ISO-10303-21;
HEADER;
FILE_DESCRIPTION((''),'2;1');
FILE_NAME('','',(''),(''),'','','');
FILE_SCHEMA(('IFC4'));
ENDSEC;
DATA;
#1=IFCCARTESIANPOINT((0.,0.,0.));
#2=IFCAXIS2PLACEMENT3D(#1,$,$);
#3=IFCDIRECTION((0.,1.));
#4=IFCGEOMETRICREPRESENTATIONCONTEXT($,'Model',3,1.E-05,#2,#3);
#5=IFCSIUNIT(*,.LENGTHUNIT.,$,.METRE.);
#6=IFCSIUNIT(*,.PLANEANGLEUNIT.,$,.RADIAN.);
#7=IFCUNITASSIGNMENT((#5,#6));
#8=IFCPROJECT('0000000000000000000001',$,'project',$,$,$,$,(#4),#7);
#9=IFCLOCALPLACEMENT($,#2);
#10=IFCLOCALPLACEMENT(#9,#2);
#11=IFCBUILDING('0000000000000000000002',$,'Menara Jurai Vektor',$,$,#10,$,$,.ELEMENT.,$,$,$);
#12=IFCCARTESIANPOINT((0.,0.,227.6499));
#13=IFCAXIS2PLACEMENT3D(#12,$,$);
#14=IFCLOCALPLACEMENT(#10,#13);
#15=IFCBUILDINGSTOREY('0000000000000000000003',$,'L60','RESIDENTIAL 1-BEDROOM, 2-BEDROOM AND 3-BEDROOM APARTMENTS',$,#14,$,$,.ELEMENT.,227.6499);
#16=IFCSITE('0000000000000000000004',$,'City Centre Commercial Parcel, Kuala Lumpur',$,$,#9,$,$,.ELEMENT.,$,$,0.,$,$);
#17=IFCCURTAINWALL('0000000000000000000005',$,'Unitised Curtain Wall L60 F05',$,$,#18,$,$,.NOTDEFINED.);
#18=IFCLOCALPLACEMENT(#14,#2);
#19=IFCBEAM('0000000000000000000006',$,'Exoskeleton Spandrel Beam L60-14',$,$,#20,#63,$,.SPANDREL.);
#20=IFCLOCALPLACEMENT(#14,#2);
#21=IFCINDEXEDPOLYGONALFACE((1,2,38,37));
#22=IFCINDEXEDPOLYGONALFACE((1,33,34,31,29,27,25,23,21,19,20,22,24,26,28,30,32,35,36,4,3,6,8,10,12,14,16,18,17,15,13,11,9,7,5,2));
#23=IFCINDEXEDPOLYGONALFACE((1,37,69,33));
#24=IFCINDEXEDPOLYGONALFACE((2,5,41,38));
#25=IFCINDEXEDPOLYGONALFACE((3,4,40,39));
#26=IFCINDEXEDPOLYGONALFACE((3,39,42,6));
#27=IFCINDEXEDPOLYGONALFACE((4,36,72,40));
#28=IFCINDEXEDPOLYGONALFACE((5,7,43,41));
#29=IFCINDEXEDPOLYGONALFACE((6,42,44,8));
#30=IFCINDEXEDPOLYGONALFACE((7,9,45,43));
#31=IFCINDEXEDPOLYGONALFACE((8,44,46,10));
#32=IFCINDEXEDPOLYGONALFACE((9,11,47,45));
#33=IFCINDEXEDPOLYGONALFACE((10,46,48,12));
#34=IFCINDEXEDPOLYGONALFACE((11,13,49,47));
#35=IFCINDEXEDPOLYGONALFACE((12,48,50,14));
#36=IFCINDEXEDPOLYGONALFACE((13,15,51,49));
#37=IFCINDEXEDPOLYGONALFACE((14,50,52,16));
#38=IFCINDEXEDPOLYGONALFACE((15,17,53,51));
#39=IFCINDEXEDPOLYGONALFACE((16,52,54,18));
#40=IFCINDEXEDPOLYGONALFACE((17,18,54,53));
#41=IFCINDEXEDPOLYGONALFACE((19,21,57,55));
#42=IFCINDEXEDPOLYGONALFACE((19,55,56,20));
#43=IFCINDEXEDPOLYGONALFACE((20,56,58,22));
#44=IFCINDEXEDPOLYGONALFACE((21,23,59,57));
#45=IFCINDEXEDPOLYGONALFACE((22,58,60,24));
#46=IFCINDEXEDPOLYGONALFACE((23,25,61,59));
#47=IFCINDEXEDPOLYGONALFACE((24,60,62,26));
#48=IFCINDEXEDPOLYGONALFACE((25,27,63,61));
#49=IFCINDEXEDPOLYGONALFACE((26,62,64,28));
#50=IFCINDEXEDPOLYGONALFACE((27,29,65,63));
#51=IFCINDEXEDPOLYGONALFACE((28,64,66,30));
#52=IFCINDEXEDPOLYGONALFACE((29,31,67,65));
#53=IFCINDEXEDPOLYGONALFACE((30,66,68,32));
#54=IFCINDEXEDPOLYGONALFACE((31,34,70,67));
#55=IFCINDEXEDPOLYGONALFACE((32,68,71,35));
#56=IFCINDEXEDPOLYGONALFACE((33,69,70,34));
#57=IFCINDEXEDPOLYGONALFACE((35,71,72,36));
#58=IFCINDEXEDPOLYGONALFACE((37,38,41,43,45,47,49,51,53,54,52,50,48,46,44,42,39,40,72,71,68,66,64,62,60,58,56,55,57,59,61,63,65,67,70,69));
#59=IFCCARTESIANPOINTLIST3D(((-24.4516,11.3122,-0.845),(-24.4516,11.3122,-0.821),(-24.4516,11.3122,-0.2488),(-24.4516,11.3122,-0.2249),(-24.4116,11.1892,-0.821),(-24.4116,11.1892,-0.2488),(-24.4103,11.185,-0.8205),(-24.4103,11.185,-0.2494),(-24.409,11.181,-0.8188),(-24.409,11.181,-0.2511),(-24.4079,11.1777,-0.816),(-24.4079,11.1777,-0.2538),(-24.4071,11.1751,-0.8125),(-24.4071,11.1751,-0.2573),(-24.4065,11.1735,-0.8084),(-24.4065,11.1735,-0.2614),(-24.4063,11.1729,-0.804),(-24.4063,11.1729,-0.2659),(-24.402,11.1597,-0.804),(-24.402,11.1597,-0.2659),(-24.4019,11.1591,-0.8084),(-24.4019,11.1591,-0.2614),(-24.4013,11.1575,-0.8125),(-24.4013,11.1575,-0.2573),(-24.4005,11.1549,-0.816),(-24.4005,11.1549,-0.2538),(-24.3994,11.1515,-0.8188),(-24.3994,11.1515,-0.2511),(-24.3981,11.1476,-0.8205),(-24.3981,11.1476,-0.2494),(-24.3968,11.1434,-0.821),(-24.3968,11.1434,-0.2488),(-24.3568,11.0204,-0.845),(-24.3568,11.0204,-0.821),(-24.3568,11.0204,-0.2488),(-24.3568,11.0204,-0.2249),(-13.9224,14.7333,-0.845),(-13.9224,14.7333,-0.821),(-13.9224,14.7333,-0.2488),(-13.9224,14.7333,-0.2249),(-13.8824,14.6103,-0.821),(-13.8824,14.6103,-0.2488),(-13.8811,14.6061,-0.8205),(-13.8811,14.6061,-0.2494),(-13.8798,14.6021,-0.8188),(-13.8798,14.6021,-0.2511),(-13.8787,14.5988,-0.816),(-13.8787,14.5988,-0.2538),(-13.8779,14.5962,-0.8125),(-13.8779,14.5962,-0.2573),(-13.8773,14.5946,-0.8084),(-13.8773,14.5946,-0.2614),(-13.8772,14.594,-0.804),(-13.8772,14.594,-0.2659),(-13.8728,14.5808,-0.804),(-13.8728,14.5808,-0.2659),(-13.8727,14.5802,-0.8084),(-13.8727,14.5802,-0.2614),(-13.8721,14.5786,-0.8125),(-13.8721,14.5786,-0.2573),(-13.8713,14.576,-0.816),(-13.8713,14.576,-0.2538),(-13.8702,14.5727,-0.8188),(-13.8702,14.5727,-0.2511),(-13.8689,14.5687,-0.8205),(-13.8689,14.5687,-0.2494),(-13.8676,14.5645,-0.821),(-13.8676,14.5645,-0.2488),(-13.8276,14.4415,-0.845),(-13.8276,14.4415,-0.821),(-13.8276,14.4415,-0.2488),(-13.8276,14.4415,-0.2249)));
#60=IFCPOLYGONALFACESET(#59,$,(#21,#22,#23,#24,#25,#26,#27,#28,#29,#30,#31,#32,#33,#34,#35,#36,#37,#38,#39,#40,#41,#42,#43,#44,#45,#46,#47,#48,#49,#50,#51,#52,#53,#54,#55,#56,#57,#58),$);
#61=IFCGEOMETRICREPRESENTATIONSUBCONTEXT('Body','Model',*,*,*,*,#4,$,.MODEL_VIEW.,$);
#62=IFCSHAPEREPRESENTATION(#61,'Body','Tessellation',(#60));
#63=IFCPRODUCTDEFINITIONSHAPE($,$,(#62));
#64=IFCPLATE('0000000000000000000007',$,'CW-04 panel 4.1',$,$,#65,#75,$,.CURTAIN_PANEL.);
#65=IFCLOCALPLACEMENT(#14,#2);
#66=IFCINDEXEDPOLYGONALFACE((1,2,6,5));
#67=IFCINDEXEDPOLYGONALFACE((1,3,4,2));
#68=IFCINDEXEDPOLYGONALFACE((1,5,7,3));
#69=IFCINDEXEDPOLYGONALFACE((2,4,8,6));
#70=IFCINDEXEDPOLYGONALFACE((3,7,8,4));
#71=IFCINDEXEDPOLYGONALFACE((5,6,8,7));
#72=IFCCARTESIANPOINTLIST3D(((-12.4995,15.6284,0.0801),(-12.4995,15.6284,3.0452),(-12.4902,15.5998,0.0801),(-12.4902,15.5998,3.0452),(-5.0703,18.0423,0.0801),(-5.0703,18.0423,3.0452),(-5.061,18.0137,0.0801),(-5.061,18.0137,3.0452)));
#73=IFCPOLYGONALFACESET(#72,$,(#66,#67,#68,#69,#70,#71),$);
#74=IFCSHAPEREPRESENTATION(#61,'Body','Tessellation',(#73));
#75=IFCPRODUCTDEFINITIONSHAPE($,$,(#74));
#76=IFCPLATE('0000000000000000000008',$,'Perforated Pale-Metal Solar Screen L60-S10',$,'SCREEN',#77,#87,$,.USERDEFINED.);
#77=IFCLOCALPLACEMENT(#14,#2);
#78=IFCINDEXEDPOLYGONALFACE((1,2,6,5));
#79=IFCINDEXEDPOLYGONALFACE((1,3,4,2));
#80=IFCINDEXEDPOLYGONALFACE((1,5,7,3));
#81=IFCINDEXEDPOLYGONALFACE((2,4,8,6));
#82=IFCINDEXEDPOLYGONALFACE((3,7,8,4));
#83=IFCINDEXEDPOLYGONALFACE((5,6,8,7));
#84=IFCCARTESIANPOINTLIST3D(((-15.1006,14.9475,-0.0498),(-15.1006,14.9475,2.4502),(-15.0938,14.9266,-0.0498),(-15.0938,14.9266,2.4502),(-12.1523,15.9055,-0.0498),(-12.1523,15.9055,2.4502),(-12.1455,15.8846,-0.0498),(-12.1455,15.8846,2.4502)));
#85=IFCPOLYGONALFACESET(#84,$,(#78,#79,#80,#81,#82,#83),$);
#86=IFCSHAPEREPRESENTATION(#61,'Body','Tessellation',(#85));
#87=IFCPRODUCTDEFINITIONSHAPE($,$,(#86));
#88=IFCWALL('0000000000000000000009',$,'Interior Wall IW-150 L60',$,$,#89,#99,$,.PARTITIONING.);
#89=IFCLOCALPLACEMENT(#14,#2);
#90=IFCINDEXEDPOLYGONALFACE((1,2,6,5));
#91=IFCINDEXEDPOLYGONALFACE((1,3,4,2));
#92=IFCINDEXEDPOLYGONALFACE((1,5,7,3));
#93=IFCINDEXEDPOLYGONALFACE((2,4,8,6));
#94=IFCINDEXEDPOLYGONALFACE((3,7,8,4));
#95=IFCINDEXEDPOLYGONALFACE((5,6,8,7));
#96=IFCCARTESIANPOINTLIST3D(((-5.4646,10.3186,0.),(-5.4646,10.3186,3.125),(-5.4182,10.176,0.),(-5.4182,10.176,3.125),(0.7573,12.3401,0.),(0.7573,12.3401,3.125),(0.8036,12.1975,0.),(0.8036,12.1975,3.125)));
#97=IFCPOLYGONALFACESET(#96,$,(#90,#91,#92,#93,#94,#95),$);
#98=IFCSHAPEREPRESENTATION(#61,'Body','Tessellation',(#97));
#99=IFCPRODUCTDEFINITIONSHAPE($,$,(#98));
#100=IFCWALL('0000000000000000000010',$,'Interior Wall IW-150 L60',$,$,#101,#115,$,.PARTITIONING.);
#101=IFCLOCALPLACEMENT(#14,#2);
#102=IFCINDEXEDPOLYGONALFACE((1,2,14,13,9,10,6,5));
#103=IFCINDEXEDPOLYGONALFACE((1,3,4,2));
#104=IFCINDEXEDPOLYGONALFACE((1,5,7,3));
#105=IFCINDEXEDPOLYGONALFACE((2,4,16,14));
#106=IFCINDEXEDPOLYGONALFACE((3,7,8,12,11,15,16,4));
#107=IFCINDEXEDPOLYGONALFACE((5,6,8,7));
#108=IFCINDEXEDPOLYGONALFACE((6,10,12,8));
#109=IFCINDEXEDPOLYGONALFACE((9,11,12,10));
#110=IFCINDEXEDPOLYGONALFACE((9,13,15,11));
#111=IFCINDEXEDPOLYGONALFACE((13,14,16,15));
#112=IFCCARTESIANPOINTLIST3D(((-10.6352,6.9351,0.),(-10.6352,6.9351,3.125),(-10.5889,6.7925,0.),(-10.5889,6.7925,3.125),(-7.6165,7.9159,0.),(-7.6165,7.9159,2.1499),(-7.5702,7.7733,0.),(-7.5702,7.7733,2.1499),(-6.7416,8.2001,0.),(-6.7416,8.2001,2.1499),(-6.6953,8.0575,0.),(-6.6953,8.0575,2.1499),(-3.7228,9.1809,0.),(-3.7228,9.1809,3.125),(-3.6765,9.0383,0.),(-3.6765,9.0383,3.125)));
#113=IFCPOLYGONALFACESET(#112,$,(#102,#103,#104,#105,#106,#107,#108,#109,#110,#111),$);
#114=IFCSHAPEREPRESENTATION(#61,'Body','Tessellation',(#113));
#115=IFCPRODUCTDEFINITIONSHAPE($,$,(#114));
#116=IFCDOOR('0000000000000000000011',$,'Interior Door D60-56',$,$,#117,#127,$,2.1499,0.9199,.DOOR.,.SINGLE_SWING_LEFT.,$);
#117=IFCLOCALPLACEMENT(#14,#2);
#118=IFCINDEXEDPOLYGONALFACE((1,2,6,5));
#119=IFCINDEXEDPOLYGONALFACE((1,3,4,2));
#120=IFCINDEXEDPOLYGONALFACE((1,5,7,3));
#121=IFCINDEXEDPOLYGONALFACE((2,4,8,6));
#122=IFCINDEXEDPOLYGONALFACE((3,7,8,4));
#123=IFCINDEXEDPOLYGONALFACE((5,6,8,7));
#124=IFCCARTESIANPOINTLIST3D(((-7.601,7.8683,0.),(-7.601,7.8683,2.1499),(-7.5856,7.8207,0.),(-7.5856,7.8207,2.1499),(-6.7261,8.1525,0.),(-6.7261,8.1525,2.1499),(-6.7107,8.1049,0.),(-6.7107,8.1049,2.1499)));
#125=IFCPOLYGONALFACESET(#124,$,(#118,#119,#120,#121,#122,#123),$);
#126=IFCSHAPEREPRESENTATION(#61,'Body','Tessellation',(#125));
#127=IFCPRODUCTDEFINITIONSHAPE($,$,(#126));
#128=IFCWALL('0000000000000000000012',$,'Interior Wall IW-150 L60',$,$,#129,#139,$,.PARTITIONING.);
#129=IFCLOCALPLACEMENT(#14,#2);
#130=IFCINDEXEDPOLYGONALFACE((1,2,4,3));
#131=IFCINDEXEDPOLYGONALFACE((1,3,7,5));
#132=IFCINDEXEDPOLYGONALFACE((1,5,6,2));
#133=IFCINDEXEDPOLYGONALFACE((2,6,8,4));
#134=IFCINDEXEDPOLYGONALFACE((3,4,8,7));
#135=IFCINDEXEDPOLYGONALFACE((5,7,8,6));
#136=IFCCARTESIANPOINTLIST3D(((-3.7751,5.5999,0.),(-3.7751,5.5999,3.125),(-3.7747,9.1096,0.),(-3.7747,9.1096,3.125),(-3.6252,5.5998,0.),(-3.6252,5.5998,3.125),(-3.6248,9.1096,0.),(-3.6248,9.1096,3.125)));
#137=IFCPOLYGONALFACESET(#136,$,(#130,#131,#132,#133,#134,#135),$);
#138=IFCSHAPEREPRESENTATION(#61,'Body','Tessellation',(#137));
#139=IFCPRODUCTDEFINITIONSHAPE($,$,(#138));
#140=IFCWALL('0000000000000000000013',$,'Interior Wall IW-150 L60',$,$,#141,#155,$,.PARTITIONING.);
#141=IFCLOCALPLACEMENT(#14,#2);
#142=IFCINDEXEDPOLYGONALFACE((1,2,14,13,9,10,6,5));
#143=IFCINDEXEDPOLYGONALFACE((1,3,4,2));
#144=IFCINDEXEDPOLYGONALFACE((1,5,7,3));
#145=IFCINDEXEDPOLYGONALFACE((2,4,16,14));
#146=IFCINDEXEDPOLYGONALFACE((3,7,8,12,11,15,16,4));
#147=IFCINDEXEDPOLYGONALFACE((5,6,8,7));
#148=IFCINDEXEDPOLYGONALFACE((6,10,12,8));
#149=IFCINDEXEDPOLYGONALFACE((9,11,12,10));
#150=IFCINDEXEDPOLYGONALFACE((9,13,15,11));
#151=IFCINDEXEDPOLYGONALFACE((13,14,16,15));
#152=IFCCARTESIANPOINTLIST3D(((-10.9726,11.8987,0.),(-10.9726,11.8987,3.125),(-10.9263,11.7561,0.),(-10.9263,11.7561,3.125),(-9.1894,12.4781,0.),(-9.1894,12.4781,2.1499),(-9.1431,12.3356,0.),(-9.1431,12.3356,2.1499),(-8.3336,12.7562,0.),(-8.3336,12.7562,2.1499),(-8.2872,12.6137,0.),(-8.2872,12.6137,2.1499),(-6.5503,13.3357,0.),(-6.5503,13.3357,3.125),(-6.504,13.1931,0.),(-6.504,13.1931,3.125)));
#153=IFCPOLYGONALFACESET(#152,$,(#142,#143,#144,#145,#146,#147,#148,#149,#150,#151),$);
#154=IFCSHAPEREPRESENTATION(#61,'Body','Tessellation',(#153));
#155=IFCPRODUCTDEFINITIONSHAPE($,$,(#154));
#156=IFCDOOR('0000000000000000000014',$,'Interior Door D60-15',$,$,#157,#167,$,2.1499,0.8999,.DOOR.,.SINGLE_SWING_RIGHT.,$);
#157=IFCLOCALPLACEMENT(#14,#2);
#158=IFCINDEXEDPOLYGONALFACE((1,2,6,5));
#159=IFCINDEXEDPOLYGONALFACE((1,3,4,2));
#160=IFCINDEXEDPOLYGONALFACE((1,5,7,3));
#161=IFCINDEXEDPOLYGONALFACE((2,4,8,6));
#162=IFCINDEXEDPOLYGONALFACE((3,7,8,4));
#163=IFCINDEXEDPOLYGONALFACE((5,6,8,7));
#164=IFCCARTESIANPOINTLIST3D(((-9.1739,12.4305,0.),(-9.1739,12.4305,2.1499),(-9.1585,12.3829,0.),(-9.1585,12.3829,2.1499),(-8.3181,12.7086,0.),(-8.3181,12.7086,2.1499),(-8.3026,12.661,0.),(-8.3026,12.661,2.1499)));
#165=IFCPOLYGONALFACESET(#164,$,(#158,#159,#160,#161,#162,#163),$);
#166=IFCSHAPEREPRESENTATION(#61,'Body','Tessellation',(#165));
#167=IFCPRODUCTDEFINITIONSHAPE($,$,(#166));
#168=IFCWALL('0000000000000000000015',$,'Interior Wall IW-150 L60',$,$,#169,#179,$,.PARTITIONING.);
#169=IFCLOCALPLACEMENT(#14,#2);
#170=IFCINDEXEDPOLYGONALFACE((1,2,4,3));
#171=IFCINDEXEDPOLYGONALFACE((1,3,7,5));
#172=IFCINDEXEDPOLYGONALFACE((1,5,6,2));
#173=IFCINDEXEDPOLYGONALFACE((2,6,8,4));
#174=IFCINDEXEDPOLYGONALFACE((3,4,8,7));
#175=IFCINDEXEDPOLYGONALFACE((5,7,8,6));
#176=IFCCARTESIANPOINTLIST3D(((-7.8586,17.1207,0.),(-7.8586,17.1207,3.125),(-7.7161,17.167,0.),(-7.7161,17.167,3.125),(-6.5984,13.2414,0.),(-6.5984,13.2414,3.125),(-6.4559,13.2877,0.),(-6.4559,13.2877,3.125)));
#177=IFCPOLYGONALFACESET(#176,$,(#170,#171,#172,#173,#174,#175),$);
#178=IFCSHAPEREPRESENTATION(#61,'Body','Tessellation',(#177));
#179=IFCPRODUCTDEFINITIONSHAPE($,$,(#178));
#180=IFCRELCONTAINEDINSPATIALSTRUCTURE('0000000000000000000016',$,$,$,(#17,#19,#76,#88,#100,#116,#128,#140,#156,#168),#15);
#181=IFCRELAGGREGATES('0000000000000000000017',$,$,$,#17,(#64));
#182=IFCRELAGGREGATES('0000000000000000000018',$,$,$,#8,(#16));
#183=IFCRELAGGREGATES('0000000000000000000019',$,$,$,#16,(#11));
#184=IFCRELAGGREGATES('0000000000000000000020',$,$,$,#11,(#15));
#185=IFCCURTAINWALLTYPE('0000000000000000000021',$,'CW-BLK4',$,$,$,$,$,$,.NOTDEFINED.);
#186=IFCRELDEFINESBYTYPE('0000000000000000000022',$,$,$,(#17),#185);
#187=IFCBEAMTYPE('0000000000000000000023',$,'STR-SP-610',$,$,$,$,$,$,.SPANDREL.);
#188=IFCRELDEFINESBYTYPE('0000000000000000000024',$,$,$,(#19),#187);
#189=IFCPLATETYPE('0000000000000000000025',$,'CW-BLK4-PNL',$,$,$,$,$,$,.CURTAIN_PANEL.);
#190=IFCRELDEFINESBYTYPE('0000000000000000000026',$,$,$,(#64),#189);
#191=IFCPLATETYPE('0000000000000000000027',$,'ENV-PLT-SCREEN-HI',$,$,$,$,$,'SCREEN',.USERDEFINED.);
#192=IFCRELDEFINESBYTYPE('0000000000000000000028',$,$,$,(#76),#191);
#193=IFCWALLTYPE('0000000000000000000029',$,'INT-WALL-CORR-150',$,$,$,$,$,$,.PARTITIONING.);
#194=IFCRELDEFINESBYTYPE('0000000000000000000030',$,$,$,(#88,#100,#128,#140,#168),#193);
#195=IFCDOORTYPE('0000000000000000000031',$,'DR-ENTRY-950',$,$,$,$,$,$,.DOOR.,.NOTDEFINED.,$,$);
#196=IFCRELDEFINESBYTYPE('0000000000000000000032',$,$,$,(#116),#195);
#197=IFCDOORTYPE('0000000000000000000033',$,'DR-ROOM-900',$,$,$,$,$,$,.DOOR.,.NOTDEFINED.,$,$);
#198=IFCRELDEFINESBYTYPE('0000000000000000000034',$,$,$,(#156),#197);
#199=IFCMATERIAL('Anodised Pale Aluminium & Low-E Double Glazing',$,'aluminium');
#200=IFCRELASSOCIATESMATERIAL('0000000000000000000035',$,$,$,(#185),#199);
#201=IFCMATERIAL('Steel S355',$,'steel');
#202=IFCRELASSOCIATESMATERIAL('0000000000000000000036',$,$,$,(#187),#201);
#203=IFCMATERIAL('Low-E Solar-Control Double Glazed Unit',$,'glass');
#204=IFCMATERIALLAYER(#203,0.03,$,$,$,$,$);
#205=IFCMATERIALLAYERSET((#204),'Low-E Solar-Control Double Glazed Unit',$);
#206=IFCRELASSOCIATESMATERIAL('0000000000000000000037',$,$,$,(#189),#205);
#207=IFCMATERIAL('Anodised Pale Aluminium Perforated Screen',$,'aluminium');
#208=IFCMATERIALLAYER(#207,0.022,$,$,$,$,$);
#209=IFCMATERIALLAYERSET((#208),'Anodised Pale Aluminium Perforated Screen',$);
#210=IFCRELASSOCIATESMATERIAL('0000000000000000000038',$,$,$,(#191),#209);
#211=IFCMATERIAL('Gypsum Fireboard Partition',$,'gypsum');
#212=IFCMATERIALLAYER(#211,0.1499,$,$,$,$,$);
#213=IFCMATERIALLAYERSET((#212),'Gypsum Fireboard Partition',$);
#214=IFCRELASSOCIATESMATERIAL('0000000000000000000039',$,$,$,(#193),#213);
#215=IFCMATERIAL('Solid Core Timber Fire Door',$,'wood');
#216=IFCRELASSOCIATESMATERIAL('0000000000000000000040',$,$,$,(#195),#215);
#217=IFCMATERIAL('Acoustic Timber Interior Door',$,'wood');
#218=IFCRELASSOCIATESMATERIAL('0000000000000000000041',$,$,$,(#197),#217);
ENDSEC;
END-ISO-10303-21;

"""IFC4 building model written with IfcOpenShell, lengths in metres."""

from ifc_helpers import new_model, si_unit, direction, frame, frame_2d, origin, origin_2d, place, context, subcontext, project, spatial, rectangle, i_section, extrude, material, layer, layer_set, material_profile, profile_set, type_object, element, fill, aggregate, save


model = new_model("IFC4")

# Units and contexts
model_context = context("Model", 3, precision=1e-05, world=origin(), true_north=direction((0.0, 1.0)))
body_context = subcontext(model_context, "Body", "Model", "MODEL_VIEW")
ifc_project = project(units=[si_unit("LENGTHUNIT", "METRE"), si_unit("PLANEANGLEUNIT", "RADIAN")], contexts=[model_context])

# Site, building, storey
site_placement = place(None, origin())
site = spatial("IfcSite", under=ifc_project, at=site_placement, Name="City Centre Commercial Parcel, Kuala Lumpur", CompositionType="ELEMENT", RefElevation=0.0)
building_placement = place(site_placement, origin())
building = spatial("IfcBuilding", under=site, at=building_placement, Name="Menara Jurai Vektor", CompositionType="ELEMENT")
storey_placement = place(building_placement, frame((0.0, 0.0, 227.6499)))
storey = spatial("IfcBuildingStorey", under=building, at=storey_placement, Name="L60", Description="RESIDENTIAL 1-BEDROOM, 2-BEDROOM AND 3-BEDROOM APARTMENTS", CompositionType="ELEMENT", Elevation=227.6499)

# Curtain wall
ifc_material_1 = material(Name="Anodised Pale Aluminium & Low-E Double Glazing", Category="aluminium")
curtain_wall_type = type_object("IfcCurtainWallType", Name="CW-BLK4", PredefinedType="NOTDEFINED", material=ifc_material_1)
curtain_wall_placement = place(storey_placement, origin())
curtain_wall = element("IfcCurtainWall", 1, at=curtain_wall_placement, inside=storey, type_object=curtain_wall_type, Name="Unitised Curtain Wall L60 F05", PredefinedType="NOTDEFINED")

# Beam
ifc_material_2 = material(Name="Steel S355", Category="steel")
ifc_material_profile_1 = material_profile(ifc_material_2, i_section(OverallWidth=0.3069, OverallDepth=0.6201, WebThickness=0.0139, FlangeThickness=0.0239, FilletRadius=0.0171, at=origin_2d()), Name="UKB 610x305x179")
ifc_profile_set_1 = profile_set([ifc_material_profile_1], Name="Steel S355")
beam_type_1 = type_object("IfcBeamType", Name="STR-SP-610", PredefinedType="SPANDREL", material=ifc_profile_set_1)
for number, where, z_axis, x_axis, name in (
    (2, (-13.875, 14.5874, -0.5349), (-0.951057, -0.309014, 0.0), (0.309014, -0.951057, 0.0), "Exoskeleton Spandrel Beam L60-14"),
):
    element("IfcBeam", number, at=place(storey_placement, frame(where, z_axis=z_axis, x_axis=x_axis)), inside=storey, type_object=beam_type_1, Name=name, PredefinedType="SPANDREL", context=body_context, shape_type="SweptSolid", body=[
        extrude(i_section(OverallWidth=0.3069, OverallDepth=0.6201, WebThickness=0.0139, FlangeThickness=0.0239, FilletRadius=0.0171, at=origin_2d()), origin(), (0.0, 0.0, 1.0), 11.071),
    ])

# Plates
ifc_material_3 = material(Name="Low-E Solar-Control Double Glazed Unit", Category="glass")
ifc_layer_1 = layer(ifc_material_3, 0.03)
ifc_layer_set_1 = layer_set([ifc_layer_1], Name="Low-E Solar-Control Double Glazed Unit")
plate_type_1 = type_object("IfcPlateType", Name="CW-BLK4-PNL", PredefinedType="CURTAIN_PANEL", material=ifc_layer_set_1)
plate_1_placement = place(storey_placement, frame((-8.7803, 16.821, 0.0801), z_axis=(0.0, 0.0, 1.0), x_axis=(-0.951056, -0.309017, 0.0)))
plate_1 = element("IfcPlate", 3, at=plate_1_placement, type_object=plate_type_1, Name="CW-04 panel 4.1", PredefinedType="CURTAIN_PANEL", context=body_context, shape_type="SweptSolid", body=[
    extrude(rectangle(XDim=7.8115, YDim=0.03, at=origin_2d()), origin(), (0.0, 0.0, 1.0), 2.9651),
])
aggregate(curtain_wall, [plate_1])
ifc_material_4 = material(Name="Anodised Pale Aluminium Perforated Screen", Category="aluminium")
ifc_layer_2 = layer(ifc_material_4, 0.022)
ifc_layer_set_2 = layer_set([ifc_layer_2], Name="Anodised Pale Aluminium Perforated Screen")
plate_type_2 = type_object("IfcPlateType", Name="ENV-PLT-SCREEN-HI", ElementType="SCREEN", PredefinedType="USERDEFINED", material=ifc_layer_set_2)
plate_2_placement = place(storey_placement, frame((-13.623, 15.416, -0.0498), z_axis=(0.0, 0.0, 1.0), x_axis=(-0.951057, -0.309017, 0.0)))
element("IfcPlate", 4, at=plate_2_placement, inside=storey, type_object=plate_type_2, Name="Perforated Pale-Metal Solar Screen L60-S10", ObjectType="SCREEN", PredefinedType="USERDEFINED", context=body_context, shape_type="SweptSolid", body=[
    extrude(rectangle(XDim=3.1001, YDim=0.022, at=origin_2d()), origin(), (0.0, 0.0, 1.0), 2.5),
])

# Wall
ifc_material_5 = material(Name="Gypsum Fireboard Partition", Category="gypsum")
ifc_layer_3 = layer(ifc_material_5, 0.1499)
ifc_layer_set_3 = layer_set([ifc_layer_3], Name="Gypsum Fireboard Partition")
wall_type_1 = type_object("IfcWallType", Name="INT-WALL-CORR-150", PredefinedType="PARTITIONING", material=ifc_layer_set_3)
wall_1_placement = place(storey_placement, frame((-5.4414, 10.2473, 0.0), z_axis=(0.0, 0.0, 1.0), x_axis=(0.951063, 0.308997, 0.0)))
element("IfcWall", 5, at=wall_1_placement, inside=storey, type_object=wall_type_1, Name="Interior Wall IW-150 L60", PredefinedType="PARTITIONING", context=body_context, shape_type="SweptSolid", body=[
    extrude(rectangle(XDim=6.542, YDim=0.1499, at=frame_2d((3.271, 0.0))), origin(), (0.0, 0.0, 1.0), 3.125),
])

# Wall, opening, door
wall_2_placement = place(storey_placement, frame((-10.6121, 6.8638, 0.0), z_axis=(0.0, 0.0, 1.0), x_axis=(0.951061, 0.309003, 0.0)))
wall_2 = element("IfcWall", 6, at=wall_2_placement, inside=storey, type_object=wall_type_1, Name="Interior Wall IW-150 L60", PredefinedType="PARTITIONING", context=body_context, shape_type="SweptSolid", body=[
    extrude(rectangle(XDim=7.2681, YDim=0.1499, at=frame_2d((3.634, 0.0))), origin(), (0.0, 0.0, 1.0), 3.125),
])
opening_1_placement = place(wall_2_placement, frame((3.1741, 0.0, 0.0)))
opening_1 = element("IfcOpeningElement", 7, at=opening_1_placement, cuts=wall_2, PredefinedType="OPENING", context=body_context, shape_type="SweptSolid", body=[
    extrude(rectangle(XDim=0.9199, YDim=2.1499, at=frame_2d((0.46, 1.075))), frame((0.0, 0.085, 0.0), z_axis=(0.0, -1.0, 0.0), x_axis=(1.0, 0.0, 0.0)), (0.0, 0.0, 1.0), 0.1699),
])
ifc_material_6 = material(Name="Solid Core Timber Fire Door", Category="wood")
door_type_1 = type_object("IfcDoorType", Name="DR-ENTRY-950", OperationType="NOTDEFINED", PredefinedType="DOOR", material=ifc_material_6)
door_1_placement = place(opening_1_placement, origin())
door_1 = element("IfcDoor", 8, at=door_1_placement, inside=storey, type_object=door_type_1, Name="Interior Door D60-56", OperationType="SINGLE_SWING_LEFT", OverallHeight=2.1499, OverallWidth=0.9199, PredefinedType="DOOR", context=body_context, shape_type="SweptSolid", body=[
    extrude(rectangle(XDim=0.9199, YDim=2.1499, at=frame_2d((0.46, 1.075))), frame((0.0, 0.0249, 0.0), z_axis=(0.0, -1.0, 0.0), x_axis=(1.0, 0.0, 0.0)), (0.0, 0.0, 1.0), 0.05),
])
fill(opening_1, door_1)

# Wall
wall_3_placement = place(storey_placement, frame((-3.7002, 5.5999, 0.0), z_axis=(0.0, 0.0, 1.0), x_axis=(0.000139, 1.0, 0.0)))
element("IfcWall", 9, at=wall_3_placement, inside=storey, type_object=wall_type_1, Name="Interior Wall IW-150 L60", PredefinedType="PARTITIONING", context=body_context, shape_type="SweptSolid", body=[
    extrude(rectangle(XDim=3.5098, YDim=0.1499, at=frame_2d((1.7549, 0.0))), origin(), (0.0, 0.0, 1.0), 3.125),
])

# Wall, opening, door
wall_4_placement = place(storey_placement, frame((-10.9495, 11.8274, 0.0), z_axis=(0.0, 0.0, 1.0), x_axis=(0.95105, 0.309036, 0.0)))
wall_4 = element("IfcWall", 10, at=wall_4_placement, inside=storey, type_object=wall_type_1, Name="Interior Wall IW-150 L60", PredefinedType="PARTITIONING", context=body_context, shape_type="SweptSolid", body=[
    extrude(rectangle(XDim=4.6499, YDim=0.1499, at=frame_2d((2.325, 0.0))), origin(), (0.0, 0.0, 1.0), 3.125),
])
opening_2_placement = place(wall_4_placement, frame((1.875, 0.0, 0.0)))
opening_2 = element("IfcOpeningElement", 11, at=opening_2_placement, cuts=wall_4, PredefinedType="OPENING", context=body_context, shape_type="SweptSolid", body=[
    extrude(rectangle(XDim=0.8999, YDim=2.1499, at=frame_2d((0.45, 1.075))), frame((0.0, 0.085, 0.0), z_axis=(0.0, -1.0, 0.0), x_axis=(1.0, 0.0, 0.0)), (0.0, 0.0, 1.0), 0.1699),
])
ifc_material_7 = material(Name="Acoustic Timber Interior Door", Category="wood")
door_type_2 = type_object("IfcDoorType", Name="DR-ROOM-900", OperationType="NOTDEFINED", PredefinedType="DOOR", material=ifc_material_7)
door_2_placement = place(opening_2_placement, origin())
door_2 = element("IfcDoor", 12, at=door_2_placement, inside=storey, type_object=door_type_2, Name="Interior Door D60-15", OperationType="SINGLE_SWING_RIGHT", OverallHeight=2.1499, OverallWidth=0.8999, PredefinedType="DOOR", context=body_context, shape_type="SweptSolid", body=[
    extrude(rectangle(XDim=0.8999, YDim=2.1499, at=frame_2d((0.45, 1.075))), frame((0.0, 0.0249, 0.0), z_axis=(0.0, -1.0, 0.0), x_axis=(1.0, 0.0, 0.0)), (0.0, 0.0, 1.0), 0.05),
])
fill(opening_2, door_2)

# Wall
wall_5_placement = place(storey_placement, frame((-6.5271, 13.2644, 0.0), z_axis=(0.0, 0.0, 1.0), x_axis=(-0.308964, 0.951074, 0.0)))
element("IfcWall", 13, at=wall_5_placement, inside=storey, type_object=wall_type_1, Name="Interior Wall IW-150 L60", PredefinedType="PARTITIONING", context=body_context, shape_type="SweptSolid", body=[
    extrude(rectangle(XDim=4.0789, YDim=0.1499, at=frame_2d((2.0396, 0.0))), origin(), (0.0, 0.0, 1.0), 3.125),
])

save(model, "model.ifc")
